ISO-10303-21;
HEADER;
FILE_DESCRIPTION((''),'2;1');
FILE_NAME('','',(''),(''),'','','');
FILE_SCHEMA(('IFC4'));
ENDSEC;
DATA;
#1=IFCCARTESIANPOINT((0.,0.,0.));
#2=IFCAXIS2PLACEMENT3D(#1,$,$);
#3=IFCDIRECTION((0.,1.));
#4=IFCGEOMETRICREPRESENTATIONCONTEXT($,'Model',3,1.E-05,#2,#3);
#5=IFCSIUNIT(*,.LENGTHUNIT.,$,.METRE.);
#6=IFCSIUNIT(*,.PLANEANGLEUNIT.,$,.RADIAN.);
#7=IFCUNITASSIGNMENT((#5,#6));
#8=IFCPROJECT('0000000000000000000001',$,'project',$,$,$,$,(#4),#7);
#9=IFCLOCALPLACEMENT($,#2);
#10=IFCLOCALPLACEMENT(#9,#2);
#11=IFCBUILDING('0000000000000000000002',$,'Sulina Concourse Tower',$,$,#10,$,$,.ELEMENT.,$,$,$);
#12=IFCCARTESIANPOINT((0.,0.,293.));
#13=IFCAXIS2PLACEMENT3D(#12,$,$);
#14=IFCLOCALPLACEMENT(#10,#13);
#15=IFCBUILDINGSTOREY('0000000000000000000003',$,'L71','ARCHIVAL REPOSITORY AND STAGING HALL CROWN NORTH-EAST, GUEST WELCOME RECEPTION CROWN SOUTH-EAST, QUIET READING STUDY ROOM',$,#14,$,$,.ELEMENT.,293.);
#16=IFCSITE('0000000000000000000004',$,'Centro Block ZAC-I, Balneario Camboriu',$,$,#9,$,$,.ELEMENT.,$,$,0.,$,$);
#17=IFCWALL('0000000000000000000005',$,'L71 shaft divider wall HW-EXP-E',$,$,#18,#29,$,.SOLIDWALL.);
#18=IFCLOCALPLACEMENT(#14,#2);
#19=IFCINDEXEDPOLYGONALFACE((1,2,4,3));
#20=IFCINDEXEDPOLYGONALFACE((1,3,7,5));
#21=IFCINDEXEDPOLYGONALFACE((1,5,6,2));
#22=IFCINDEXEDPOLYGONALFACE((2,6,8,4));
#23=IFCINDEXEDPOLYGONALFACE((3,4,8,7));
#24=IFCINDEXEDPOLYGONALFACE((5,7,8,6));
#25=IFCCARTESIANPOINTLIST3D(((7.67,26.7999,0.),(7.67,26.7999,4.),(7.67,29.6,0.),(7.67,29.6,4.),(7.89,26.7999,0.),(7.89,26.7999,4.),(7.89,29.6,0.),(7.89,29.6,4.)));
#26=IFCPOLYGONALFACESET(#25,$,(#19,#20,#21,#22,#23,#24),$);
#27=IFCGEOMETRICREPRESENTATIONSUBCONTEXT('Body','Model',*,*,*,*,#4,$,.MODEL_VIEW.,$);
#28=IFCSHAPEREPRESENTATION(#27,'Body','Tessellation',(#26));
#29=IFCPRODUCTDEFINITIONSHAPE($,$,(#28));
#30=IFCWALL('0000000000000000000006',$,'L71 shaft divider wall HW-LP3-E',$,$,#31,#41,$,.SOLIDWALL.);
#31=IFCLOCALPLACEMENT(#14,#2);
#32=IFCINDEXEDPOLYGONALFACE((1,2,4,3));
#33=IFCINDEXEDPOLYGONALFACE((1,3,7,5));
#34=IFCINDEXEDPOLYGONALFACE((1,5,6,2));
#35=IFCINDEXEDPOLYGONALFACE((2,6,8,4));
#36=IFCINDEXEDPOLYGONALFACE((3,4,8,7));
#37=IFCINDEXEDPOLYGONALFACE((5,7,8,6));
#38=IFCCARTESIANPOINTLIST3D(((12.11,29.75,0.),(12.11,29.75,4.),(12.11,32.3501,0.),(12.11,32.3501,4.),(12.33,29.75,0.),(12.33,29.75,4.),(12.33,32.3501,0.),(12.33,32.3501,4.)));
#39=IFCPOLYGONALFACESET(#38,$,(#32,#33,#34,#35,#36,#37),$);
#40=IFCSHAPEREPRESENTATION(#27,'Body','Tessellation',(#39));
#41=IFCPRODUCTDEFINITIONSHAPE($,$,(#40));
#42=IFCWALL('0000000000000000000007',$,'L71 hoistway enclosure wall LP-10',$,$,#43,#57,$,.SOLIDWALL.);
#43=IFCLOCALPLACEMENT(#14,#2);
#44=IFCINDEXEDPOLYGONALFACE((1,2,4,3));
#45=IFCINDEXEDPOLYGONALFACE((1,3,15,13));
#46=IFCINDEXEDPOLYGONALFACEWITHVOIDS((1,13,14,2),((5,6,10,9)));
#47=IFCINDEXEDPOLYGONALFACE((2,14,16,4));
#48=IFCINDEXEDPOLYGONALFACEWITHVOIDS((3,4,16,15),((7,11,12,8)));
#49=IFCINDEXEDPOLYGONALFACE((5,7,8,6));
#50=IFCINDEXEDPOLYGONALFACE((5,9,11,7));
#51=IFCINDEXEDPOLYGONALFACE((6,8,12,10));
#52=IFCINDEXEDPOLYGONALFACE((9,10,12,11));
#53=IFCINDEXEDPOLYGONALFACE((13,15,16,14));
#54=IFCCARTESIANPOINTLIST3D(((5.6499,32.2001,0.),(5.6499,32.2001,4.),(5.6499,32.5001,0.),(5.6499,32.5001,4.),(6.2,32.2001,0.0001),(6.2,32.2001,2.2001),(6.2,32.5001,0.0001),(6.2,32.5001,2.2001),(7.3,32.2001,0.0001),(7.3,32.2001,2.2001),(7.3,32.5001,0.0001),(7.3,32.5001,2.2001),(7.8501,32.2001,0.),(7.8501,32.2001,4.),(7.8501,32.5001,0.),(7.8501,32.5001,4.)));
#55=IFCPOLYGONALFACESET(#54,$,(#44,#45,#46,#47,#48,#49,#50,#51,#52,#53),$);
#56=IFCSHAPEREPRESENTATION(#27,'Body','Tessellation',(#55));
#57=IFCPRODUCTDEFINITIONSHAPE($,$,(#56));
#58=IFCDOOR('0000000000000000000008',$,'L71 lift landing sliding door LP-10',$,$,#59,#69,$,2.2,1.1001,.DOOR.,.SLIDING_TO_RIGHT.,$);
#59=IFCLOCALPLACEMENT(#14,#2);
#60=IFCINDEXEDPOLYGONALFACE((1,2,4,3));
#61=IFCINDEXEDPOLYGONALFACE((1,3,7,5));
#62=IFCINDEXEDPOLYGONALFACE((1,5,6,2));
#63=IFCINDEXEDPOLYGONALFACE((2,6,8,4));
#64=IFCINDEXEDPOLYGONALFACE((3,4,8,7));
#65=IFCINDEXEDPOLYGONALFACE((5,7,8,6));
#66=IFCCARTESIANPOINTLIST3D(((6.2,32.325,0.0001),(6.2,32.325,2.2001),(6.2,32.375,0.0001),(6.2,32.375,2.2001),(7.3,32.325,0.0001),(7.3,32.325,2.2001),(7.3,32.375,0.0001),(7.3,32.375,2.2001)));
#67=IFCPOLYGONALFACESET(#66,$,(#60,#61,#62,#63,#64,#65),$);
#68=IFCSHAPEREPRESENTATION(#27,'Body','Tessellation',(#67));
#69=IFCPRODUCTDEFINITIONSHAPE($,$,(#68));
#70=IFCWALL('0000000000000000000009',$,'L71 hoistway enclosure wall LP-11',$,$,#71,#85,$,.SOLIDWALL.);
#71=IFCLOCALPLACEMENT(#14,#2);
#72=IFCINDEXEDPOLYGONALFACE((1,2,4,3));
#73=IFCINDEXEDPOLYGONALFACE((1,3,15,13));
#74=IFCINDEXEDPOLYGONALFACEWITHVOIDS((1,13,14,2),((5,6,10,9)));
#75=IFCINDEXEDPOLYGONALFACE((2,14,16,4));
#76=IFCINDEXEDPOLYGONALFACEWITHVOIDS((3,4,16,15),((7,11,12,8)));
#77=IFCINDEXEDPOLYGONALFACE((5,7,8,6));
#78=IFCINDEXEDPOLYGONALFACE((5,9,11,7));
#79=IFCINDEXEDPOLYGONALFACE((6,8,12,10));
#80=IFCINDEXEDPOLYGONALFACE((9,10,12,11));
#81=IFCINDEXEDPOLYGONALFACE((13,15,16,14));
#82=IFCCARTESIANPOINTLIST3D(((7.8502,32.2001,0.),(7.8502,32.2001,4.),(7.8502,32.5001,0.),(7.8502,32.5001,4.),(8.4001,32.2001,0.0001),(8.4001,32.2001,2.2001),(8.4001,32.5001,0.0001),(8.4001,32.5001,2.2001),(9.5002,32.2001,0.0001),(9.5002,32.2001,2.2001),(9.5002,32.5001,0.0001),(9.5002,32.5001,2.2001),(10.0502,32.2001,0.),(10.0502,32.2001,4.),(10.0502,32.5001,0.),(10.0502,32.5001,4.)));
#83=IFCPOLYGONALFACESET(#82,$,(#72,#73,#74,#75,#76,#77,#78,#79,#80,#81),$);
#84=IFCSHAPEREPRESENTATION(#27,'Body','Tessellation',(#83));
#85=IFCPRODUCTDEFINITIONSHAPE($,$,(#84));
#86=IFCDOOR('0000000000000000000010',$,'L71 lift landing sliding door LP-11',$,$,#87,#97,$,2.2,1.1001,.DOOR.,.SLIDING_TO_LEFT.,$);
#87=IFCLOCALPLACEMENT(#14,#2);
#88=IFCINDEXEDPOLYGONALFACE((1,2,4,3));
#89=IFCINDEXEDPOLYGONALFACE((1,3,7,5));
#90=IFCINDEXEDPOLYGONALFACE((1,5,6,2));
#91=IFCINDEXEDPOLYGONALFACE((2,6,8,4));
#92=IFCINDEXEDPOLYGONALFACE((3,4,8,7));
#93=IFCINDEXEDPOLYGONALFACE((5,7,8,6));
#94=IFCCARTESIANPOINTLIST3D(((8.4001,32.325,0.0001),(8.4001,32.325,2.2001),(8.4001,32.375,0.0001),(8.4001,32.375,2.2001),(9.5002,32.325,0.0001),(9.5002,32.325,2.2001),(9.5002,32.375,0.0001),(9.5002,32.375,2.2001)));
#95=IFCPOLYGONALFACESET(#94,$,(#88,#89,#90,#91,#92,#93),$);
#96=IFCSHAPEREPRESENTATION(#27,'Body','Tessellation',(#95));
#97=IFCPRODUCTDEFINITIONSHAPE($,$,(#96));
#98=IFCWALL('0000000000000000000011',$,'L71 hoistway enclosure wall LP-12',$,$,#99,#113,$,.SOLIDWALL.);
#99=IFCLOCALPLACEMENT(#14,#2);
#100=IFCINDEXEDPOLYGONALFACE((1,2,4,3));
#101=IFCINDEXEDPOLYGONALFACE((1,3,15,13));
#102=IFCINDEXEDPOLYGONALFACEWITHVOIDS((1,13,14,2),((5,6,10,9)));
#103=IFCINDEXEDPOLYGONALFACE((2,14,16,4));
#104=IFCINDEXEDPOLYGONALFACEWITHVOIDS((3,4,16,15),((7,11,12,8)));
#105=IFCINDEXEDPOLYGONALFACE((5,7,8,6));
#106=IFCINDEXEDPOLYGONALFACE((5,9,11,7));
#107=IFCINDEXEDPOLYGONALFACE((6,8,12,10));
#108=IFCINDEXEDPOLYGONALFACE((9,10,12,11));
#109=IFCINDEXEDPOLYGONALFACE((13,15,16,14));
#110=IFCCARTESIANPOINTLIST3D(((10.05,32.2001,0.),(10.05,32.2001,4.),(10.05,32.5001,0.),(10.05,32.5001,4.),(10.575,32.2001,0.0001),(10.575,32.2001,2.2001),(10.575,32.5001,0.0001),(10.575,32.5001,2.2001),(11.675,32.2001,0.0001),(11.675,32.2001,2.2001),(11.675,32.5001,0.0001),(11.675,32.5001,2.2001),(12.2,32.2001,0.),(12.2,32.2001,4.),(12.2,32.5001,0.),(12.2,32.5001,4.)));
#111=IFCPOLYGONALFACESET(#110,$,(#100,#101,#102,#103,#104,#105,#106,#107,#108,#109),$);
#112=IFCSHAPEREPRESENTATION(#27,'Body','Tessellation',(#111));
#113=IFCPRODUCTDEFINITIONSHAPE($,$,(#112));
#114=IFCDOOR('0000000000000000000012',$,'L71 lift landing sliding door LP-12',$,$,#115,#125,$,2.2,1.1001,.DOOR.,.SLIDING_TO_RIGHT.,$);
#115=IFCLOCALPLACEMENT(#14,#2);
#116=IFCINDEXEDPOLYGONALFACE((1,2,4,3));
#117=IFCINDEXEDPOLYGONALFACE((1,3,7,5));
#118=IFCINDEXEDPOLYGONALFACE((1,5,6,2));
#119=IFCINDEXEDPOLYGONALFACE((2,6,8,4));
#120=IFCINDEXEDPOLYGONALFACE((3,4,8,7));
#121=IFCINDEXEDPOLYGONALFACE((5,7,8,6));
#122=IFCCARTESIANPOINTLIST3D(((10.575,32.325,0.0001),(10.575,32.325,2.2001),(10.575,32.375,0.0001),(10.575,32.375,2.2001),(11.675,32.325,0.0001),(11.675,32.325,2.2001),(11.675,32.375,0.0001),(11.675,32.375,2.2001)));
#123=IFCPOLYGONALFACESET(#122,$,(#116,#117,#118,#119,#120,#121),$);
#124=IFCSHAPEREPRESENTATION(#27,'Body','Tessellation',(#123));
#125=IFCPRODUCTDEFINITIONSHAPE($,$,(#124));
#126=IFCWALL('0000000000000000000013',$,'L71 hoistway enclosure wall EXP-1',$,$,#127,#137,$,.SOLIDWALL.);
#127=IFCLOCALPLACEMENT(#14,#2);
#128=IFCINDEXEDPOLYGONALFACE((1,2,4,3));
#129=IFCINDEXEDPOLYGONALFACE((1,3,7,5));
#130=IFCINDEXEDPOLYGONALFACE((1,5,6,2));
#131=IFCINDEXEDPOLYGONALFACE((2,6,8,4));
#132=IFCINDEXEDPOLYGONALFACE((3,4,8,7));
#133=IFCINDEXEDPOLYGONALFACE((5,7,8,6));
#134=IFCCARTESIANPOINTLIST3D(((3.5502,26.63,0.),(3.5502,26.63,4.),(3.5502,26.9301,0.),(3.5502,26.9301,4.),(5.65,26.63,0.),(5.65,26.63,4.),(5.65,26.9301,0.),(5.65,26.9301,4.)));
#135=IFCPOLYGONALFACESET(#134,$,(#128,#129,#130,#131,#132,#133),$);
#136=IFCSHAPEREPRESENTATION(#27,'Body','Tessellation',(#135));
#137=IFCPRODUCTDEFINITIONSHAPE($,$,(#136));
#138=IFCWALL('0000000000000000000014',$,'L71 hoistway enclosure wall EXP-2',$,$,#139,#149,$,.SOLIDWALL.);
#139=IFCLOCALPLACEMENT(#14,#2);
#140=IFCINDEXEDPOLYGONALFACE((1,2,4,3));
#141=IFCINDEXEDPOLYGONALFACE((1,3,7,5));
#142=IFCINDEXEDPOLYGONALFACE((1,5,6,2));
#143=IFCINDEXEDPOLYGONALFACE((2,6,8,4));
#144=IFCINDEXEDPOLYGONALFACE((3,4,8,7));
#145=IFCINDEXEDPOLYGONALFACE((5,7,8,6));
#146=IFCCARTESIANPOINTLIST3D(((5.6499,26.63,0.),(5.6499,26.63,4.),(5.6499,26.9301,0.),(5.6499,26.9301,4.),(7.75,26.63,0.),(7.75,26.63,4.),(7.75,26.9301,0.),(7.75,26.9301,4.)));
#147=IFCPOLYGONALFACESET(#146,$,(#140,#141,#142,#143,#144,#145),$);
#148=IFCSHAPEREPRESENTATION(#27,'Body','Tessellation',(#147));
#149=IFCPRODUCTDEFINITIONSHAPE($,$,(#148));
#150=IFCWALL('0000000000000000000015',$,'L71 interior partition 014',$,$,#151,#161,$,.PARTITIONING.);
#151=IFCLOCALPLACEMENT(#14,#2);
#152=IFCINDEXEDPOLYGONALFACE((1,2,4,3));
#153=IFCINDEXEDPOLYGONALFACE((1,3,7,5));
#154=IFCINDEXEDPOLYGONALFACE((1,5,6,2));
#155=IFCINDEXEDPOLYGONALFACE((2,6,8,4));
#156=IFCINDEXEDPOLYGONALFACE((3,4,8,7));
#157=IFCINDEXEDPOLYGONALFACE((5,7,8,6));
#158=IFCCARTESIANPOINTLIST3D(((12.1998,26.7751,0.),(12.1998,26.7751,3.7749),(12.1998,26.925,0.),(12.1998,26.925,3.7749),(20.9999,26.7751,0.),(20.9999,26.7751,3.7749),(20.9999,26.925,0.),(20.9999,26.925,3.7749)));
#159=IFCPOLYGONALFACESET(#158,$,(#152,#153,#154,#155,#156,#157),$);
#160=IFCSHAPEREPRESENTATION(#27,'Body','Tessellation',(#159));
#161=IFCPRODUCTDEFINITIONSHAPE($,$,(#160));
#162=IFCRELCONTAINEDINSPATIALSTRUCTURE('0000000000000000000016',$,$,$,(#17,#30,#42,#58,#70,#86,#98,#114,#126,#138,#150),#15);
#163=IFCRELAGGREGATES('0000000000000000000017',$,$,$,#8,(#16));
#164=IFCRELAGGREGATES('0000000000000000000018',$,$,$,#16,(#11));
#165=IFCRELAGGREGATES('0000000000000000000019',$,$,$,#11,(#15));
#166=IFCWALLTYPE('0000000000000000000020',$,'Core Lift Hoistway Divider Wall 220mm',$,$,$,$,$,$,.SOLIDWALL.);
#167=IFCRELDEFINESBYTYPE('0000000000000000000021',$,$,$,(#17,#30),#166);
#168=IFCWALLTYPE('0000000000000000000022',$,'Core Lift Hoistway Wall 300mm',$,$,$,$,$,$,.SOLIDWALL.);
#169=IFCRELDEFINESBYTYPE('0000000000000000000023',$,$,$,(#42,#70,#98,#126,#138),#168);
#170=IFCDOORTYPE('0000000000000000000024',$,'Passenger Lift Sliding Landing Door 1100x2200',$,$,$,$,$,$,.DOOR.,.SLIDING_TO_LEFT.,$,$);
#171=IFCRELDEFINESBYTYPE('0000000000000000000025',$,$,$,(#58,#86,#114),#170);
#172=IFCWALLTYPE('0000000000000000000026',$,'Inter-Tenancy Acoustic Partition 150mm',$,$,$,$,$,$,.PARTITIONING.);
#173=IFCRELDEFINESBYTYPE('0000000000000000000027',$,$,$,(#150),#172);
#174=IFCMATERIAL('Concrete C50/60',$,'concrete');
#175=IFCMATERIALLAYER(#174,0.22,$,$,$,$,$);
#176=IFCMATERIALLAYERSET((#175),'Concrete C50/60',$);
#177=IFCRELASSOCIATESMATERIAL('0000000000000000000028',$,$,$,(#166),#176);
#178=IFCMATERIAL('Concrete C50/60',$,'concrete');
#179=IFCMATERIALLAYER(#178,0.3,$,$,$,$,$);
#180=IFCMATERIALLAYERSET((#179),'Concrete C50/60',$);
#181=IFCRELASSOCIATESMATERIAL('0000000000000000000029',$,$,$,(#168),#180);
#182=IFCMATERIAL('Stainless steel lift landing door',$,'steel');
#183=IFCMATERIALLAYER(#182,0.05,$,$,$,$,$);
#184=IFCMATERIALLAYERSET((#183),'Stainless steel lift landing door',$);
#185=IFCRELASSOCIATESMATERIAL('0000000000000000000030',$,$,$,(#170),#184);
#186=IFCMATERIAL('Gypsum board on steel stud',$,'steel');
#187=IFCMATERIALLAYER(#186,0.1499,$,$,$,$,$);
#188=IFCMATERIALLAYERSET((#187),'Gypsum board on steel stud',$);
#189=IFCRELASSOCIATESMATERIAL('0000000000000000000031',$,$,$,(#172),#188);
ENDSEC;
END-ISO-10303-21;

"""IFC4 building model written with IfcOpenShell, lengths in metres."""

from ifc_helpers import new_model, si_unit, direction, frame, frame_2d, origin, place, context, subcontext, project, spatial, rectangle, extrude, material, layer, layer_set, type_object, element, fill, save


model = new_model("IFC4")

# Units and contexts
model_context = context("Model", 3, precision=1e-05, world=origin(), true_north=direction((0.0, 1.0)))
body_context = subcontext(model_context, "Body", "Model", "MODEL_VIEW")
ifc_project = project(units=[si_unit("LENGTHUNIT", "METRE"), si_unit("PLANEANGLEUNIT", "RADIAN")], contexts=[model_context])

# Site, building, storey
site_placement = place(None, origin())
site = spatial("IfcSite", under=ifc_project, at=site_placement, Name="Centro Block ZAC-I, Balneario Camboriu", CompositionType="ELEMENT", RefElevation=0.0)
building_placement = place(site_placement, origin())
building = spatial("IfcBuilding", under=site, at=building_placement, Name="Sulina Concourse Tower", CompositionType="ELEMENT")
storey_placement = place(building_placement, frame((0.0, 0.0, 293.0)))
storey = spatial("IfcBuildingStorey", under=building, at=storey_placement, Name="L71", Description="ARCHIVAL REPOSITORY AND STAGING HALL CROWN NORTH-EAST, GUEST WELCOME RECEPTION CROWN SOUTH-EAST, QUIET READING STUDY ROOM", CompositionType="ELEMENT", Elevation=293.0)

# Walls
ifc_material_1 = material(Name="Concrete C50/60", Category="concrete")
ifc_layer_1 = layer(ifc_material_1, 0.22)
ifc_layer_set_1 = layer_set([ifc_layer_1], Name="Concrete C50/60")
wall_type_1 = type_object("IfcWallType", Name="Core Lift Hoistway Divider Wall 220mm", PredefinedType="SOLIDWALL", material=ifc_layer_set_1)
wall_1_placement = place(storey_placement, frame((7.78, 26.8, 0.0), z_axis=(0.0, 0.0, 1.0), x_axis=(0.0, 1.0, 0.0)))
element("IfcWall", 1, at=wall_1_placement, inside=storey, type_object=wall_type_1, Name="L71 shaft divider wall HW-EXP-E", PredefinedType="SOLIDWALL", context=body_context, shape_type="SweptSolid", body=[
    extrude(rectangle(XDim=2.8, YDim=0.22, at=frame_2d((1.3999, 0.0))), origin(), (0.0, 0.0, 1.0), 4.0),
])
wall_2_placement = place(storey_placement, frame((12.22, 29.75, 0.0), z_axis=(0.0, 0.0, 1.0), x_axis=(0.0, 1.0, 0.0)))
element("IfcWall", 2, at=wall_2_placement, inside=storey, type_object=wall_type_1, Name="L71 shaft divider wall HW-LP3-E", PredefinedType="SOLIDWALL", context=body_context, shape_type="SweptSolid", body=[
    extrude(rectangle(XDim=2.6001, YDim=0.22, at=frame_2d((1.3, 0.0))), origin(), (0.0, 0.0, 1.0), 4.0),
])

# Walls, openings, doors
ifc_material_2 = material(Name="Concrete C50/60", Category="concrete")
ifc_layer_2 = layer(ifc_material_2, 0.3)
ifc_layer_set_2 = layer_set([ifc_layer_2], Name="Concrete C50/60")
wall_type_2 = type_object("IfcWallType", Name="Core Lift Hoistway Wall 300mm", PredefinedType="SOLIDWALL", material=ifc_layer_set_2)
wall_3_placement = place(storey_placement, frame((5.6499, 32.3501, 0.0), z_axis=(0.0, 0.0, 1.0), x_axis=(1.0, 0.0, 0.0)))
wall_3 = element("IfcWall", 3, at=wall_3_placement, inside=storey, type_object=wall_type_2, Name="L71 hoistway enclosure wall LP-10", PredefinedType="SOLIDWALL", context=body_context, shape_type="SweptSolid", body=[
    extrude(rectangle(XDim=2.2002, YDim=0.3, at=frame_2d((1.1001, 0.0))), origin(), (0.0, 0.0, 1.0), 4.0),
])
opening_1_placement = place(wall_3_placement, frame((0.55, 0.0, 0.0)))
opening_1 = element("IfcOpeningElement", 4, at=opening_1_placement, cuts=wall_3, PredefinedType="OPENING", context=body_context, shape_type="SweptSolid", body=[
    extrude(rectangle(XDim=1.1001, YDim=2.2, at=frame_2d((0.55, 1.1001))), frame((0.0, 0.1599, 0.0), z_axis=(0.0, -1.0, 0.0), x_axis=(1.0, 0.0, 0.0)), (0.0, 0.0, 1.0), 0.3201),
])
ifc_material_3 = material(Name="Stainless steel lift landing door", Category="steel")
ifc_layer_3 = layer(ifc_material_3, 0.05)
ifc_layer_set_3 = layer_set([ifc_layer_3], Name="Stainless steel lift landing door")
door_type_1 = type_object("IfcDoorType", Name="Passenger Lift Sliding Landing Door 1100x2200", OperationType="SLIDING_TO_LEFT", PredefinedType="DOOR", material=ifc_layer_set_3)
door_1_placement = place(opening_1_placement, origin())
door_1 = element("IfcDoor", 5, at=door_1_placement, inside=storey, type_object=door_type_1, Name="L71 lift landing sliding door LP-10", OperationType="SLIDING_TO_RIGHT", OverallHeight=2.2, OverallWidth=1.1001, PredefinedType="DOOR", context=body_context, shape_type="SweptSolid", body=[
    extrude(rectangle(XDim=1.1001, YDim=2.2, at=frame_2d((0.55, 1.1001))), frame((0.0, 0.0249, 0.0), z_axis=(0.0, -1.0, 0.0), x_axis=(1.0, 0.0, 0.0)), (0.0, 0.0, 1.0), 0.05),
])
fill(opening_1, door_1)
wall_4_placement = place(storey_placement, frame((7.8501, 32.3501, 0.0), z_axis=(0.0, 0.0, 1.0), x_axis=(1.0, 0.0, 0.0)))
wall_4 = element("IfcWall", 6, at=wall_4_placement, inside=storey, type_object=wall_type_2, Name="L71 hoistway enclosure wall LP-11", PredefinedType="SOLIDWALL", context=body_context, shape_type="SweptSolid", body=[
    extrude(rectangle(XDim=2.2, YDim=0.3, at=frame_2d((1.1001, 0.0))), origin(), (0.0, 0.0, 1.0), 4.0),
])
opening_2_placement = place(wall_4_placement, frame((0.55, 0.0, 0.0)))
opening_2 = element("IfcOpeningElement", 7, at=opening_2_placement, cuts=wall_4, PredefinedType="OPENING", context=body_context, shape_type="SweptSolid", body=[
    extrude(rectangle(XDim=1.1001, YDim=2.2, at=frame_2d((0.55, 1.1001))), frame((0.0, 0.1599, 0.0), z_axis=(0.0, -1.0, 0.0), x_axis=(1.0, 0.0, 0.0)), (0.0, 0.0, 1.0), 0.3201),
])
door_2_placement = place(opening_2_placement, origin())
door_2 = element("IfcDoor", 8, at=door_2_placement, inside=storey, type_object=door_type_1, Name="L71 lift landing sliding door LP-11", OperationType="SLIDING_TO_LEFT", OverallHeight=2.2, OverallWidth=1.1001, PredefinedType="DOOR", context=body_context, shape_type="SweptSolid", body=[
    extrude(rectangle(XDim=1.1001, YDim=2.2, at=frame_2d((0.55, 1.1001))), frame((0.0, 0.0249, 0.0), z_axis=(0.0, -1.0, 0.0), x_axis=(1.0, 0.0, 0.0)), (0.0, 0.0, 1.0), 0.05),
])
fill(opening_2, door_2)
wall_5_placement = place(storey_placement, frame((10.05, 32.3501, 0.0), z_axis=(0.0, 0.0, 1.0), x_axis=(1.0, 0.0, 0.0)))
wall_5 = element("IfcWall", 9, at=wall_5_placement, inside=storey, type_object=wall_type_2, Name="L71 hoistway enclosure wall LP-12", PredefinedType="SOLIDWALL", context=body_context, shape_type="SweptSolid", body=[
    extrude(rectangle(XDim=2.1499, YDim=0.3, at=frame_2d((1.075, 0.0))), origin(), (0.0, 0.0, 1.0), 4.0),
])
opening_3_placement = place(wall_5_placement, frame((0.5249, 0.0, 0.0)))
opening_3 = element("IfcOpeningElement", 10, at=opening_3_placement, cuts=wall_5, PredefinedType="OPENING", context=body_context, shape_type="SweptSolid", body=[
    extrude(rectangle(XDim=1.1001, YDim=2.2, at=frame_2d((0.55, 1.1001))), frame((0.0, 0.1599, 0.0), z_axis=(0.0, -1.0, 0.0), x_axis=(1.0, 0.0, 0.0)), (0.0, 0.0, 1.0), 0.3201),
])
door_3_placement = place(opening_3_placement, origin())
door_3 = element("IfcDoor", 11, at=door_3_placement, inside=storey, type_object=door_type_1, Name="L71 lift landing sliding door LP-12", OperationType="SLIDING_TO_RIGHT", OverallHeight=2.2, OverallWidth=1.1001, PredefinedType="DOOR", context=body_context, shape_type="SweptSolid", body=[
    extrude(rectangle(XDim=1.1001, YDim=2.2, at=frame_2d((0.55, 1.1001))), frame((0.0, 0.0249, 0.0), z_axis=(0.0, -1.0, 0.0), x_axis=(1.0, 0.0, 0.0)), (0.0, 0.0, 1.0), 0.05),
])
fill(opening_3, door_3)

# Walls
wall_6_placement = place(storey_placement, frame((5.6499, 26.78, 0.0), z_axis=(0.0, 0.0, 1.0), x_axis=(-1.0, 0.0, 0.0)))
element("IfcWall", 12, at=wall_6_placement, inside=storey, type_object=wall_type_2, Name="L71 hoistway enclosure wall EXP-1", PredefinedType="SOLIDWALL", context=body_context, shape_type="SweptSolid", body=[
    extrude(rectangle(XDim=2.0999, YDim=0.3, at=frame_2d((1.0498, 0.0))), origin(), (0.0, 0.0, 1.0), 4.0),
])
wall_7_placement = place(storey_placement, frame((7.75, 26.78, 0.0), z_axis=(0.0, 0.0, 1.0), x_axis=(-1.0, 0.0, 0.0)))
element("IfcWall", 13, at=wall_7_placement, inside=storey, type_object=wall_type_2, Name="L71 hoistway enclosure wall EXP-2", PredefinedType="SOLIDWALL", context=body_context, shape_type="SweptSolid", body=[
    extrude(rectangle(XDim=2.1001, YDim=0.3, at=frame_2d((1.05, 0.0))), origin(), (0.0, 0.0, 1.0), 4.0),
])
ifc_material_4 = material(Name="Gypsum board on steel stud", Category="steel")
ifc_layer_4 = layer(ifc_material_4, 0.1499)
ifc_layer_set_4 = layer_set([ifc_layer_4], Name="Gypsum board on steel stud")
wall_type_3 = type_object("IfcWallType", Name="Inter-Tenancy Acoustic Partition 150mm", PredefinedType="PARTITIONING", material=ifc_layer_set_4)
wall_8_placement = place(storey_placement, frame((12.2, 26.8501, 0.0), z_axis=(0.0, 0.0, 1.0), x_axis=(1.0, 0.0, 0.0)))
element("IfcWall", 14, at=wall_8_placement, inside=storey, type_object=wall_type_3, Name="L71 interior partition 014", PredefinedType="PARTITIONING", context=body_context, shape_type="SweptSolid", body=[
    extrude(rectangle(XDim=8.8, YDim=0.1499, at=frame_2d((4.3999, 0.0))), origin(), (0.0, 0.0, 1.0), 3.7749),
])

save(model, "model.ifc")
